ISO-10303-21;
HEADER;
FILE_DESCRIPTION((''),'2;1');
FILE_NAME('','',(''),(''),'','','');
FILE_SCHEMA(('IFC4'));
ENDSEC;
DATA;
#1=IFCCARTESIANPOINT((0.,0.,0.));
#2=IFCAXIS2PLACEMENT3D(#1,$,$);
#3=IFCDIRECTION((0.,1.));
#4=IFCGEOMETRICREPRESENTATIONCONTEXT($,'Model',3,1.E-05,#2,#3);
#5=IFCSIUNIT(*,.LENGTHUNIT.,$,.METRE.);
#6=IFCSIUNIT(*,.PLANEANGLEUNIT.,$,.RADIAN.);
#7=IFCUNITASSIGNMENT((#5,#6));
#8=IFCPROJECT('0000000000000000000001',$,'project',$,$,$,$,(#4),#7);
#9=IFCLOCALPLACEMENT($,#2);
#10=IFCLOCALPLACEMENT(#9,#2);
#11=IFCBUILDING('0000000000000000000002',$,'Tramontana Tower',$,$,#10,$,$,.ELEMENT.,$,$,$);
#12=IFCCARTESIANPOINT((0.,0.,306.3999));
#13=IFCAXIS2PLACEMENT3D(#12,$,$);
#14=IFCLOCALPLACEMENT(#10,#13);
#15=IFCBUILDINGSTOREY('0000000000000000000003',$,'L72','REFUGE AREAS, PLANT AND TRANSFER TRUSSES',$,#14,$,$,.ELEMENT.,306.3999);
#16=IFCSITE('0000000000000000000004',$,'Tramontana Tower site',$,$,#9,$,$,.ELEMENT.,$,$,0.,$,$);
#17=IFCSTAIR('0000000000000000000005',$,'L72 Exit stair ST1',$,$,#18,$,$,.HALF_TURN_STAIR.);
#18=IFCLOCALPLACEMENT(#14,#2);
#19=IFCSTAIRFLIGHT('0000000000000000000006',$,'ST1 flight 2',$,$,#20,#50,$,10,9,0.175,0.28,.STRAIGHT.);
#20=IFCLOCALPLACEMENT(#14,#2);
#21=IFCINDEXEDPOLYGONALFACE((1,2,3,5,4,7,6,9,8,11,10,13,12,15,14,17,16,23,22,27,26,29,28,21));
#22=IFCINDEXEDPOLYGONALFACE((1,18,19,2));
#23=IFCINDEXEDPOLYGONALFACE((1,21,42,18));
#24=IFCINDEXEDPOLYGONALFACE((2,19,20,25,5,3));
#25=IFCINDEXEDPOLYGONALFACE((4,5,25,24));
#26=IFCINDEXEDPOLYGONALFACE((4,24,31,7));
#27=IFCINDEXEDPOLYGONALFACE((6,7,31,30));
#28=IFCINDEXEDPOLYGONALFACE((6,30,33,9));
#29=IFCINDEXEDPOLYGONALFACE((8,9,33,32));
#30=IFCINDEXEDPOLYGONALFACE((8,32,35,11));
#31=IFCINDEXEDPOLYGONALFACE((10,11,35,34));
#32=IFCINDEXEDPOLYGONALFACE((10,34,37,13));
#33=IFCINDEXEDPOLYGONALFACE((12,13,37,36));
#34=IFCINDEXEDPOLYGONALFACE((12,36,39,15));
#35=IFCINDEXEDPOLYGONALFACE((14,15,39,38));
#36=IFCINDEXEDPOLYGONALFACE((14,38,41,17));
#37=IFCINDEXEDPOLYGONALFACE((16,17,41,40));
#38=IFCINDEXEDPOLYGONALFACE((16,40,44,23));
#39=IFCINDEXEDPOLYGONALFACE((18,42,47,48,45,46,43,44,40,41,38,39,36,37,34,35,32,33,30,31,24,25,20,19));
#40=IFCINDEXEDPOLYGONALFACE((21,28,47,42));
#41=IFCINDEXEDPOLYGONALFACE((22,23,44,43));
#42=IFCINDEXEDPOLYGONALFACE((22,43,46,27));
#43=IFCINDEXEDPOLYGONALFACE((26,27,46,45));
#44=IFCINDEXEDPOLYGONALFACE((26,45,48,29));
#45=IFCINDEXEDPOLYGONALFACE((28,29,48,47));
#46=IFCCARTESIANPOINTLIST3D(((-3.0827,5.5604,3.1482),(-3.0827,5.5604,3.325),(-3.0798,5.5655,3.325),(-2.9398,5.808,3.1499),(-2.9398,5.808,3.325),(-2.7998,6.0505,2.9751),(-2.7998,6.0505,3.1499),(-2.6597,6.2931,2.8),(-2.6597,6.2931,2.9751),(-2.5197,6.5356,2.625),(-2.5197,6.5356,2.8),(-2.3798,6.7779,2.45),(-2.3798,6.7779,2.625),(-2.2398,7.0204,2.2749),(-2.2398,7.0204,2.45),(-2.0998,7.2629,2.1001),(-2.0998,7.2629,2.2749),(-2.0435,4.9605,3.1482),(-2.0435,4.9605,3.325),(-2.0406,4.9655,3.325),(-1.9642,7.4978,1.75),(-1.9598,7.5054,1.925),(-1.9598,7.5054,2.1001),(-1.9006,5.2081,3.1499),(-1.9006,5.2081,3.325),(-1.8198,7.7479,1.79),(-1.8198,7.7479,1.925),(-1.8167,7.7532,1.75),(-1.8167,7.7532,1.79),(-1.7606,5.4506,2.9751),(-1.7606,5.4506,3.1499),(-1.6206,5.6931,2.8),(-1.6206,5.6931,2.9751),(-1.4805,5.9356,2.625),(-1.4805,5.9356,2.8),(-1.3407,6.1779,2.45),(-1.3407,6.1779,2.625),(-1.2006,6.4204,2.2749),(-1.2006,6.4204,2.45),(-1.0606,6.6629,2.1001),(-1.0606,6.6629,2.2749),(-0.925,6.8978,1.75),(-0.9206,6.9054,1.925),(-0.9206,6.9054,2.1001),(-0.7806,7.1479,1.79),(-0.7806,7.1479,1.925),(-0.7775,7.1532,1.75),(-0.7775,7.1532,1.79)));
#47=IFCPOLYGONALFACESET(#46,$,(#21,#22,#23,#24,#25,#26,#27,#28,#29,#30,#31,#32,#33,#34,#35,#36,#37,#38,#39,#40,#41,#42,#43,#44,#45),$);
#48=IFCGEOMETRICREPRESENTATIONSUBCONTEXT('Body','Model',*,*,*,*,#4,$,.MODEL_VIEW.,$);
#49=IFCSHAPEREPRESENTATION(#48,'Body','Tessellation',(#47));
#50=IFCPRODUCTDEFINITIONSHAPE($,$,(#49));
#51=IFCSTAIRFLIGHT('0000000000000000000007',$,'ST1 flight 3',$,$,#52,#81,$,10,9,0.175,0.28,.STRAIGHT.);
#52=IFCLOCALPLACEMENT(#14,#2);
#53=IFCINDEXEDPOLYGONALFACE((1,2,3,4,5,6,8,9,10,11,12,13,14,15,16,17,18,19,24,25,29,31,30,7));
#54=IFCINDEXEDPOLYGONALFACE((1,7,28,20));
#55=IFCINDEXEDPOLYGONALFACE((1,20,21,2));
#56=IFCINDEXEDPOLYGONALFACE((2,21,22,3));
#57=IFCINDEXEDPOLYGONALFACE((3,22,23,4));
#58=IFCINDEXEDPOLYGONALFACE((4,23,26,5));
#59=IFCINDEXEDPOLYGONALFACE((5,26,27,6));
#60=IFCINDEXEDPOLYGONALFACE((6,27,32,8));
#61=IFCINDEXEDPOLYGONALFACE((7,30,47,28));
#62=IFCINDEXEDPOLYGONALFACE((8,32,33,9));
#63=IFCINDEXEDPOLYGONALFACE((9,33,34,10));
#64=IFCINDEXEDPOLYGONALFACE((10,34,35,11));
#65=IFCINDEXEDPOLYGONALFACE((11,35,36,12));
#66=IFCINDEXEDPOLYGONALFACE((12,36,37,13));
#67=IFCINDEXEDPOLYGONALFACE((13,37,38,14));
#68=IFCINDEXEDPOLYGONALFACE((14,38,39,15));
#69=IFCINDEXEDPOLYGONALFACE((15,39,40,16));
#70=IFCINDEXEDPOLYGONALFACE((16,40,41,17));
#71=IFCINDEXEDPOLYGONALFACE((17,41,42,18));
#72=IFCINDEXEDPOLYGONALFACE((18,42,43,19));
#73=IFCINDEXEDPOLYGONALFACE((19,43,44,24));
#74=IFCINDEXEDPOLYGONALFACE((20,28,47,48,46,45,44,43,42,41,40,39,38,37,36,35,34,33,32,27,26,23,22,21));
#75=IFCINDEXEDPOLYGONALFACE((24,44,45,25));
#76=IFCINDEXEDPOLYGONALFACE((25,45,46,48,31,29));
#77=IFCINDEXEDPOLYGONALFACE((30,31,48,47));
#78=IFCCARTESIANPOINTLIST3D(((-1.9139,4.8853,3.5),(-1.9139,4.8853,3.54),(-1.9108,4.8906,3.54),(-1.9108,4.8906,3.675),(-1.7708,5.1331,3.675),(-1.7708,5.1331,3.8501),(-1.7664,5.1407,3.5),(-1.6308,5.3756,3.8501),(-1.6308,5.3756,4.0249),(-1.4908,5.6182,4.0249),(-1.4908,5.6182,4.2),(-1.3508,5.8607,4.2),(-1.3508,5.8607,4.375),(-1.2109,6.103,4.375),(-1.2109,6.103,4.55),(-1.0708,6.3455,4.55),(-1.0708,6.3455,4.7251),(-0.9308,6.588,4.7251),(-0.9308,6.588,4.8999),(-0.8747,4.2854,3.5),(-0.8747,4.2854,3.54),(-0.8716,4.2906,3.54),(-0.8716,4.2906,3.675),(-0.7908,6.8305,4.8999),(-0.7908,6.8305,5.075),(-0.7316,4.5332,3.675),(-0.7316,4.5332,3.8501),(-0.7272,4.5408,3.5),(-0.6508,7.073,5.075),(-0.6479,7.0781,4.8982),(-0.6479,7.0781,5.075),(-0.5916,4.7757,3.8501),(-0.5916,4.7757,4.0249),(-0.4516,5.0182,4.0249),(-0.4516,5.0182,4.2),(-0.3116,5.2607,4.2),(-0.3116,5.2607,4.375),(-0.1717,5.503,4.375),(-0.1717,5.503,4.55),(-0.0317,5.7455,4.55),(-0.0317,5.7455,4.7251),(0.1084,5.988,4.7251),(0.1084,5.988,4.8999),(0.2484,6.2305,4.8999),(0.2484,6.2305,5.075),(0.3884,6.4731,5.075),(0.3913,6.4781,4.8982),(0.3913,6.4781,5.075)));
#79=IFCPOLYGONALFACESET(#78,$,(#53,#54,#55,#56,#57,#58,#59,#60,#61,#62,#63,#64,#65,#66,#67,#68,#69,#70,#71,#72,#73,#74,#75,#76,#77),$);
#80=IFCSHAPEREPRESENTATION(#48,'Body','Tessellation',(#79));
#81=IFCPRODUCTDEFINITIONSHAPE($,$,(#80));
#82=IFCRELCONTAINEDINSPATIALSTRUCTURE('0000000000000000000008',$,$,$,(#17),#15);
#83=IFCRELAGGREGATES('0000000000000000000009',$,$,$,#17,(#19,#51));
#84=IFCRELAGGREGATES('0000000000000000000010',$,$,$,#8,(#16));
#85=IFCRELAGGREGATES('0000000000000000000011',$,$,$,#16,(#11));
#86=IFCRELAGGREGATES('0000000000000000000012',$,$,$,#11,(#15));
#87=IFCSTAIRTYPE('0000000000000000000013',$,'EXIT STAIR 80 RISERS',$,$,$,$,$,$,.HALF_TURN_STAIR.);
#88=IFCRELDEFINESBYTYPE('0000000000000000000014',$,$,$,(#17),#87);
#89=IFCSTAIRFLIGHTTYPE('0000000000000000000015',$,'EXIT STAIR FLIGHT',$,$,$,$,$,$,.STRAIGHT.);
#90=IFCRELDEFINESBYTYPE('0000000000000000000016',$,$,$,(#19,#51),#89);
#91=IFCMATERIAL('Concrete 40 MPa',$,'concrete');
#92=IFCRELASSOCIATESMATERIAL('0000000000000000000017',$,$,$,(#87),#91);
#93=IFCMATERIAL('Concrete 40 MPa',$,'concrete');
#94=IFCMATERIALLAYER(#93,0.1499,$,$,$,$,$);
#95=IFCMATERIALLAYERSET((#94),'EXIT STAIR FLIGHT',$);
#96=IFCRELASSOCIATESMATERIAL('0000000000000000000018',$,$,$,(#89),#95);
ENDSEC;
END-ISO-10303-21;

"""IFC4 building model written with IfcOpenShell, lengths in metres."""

from ifc_helpers import new_model, si_unit, direction, frame, origin, place, context, subcontext, project, spatial, polyline, outline, extrude, material, layer, layer_set, type_object, element, aggregate, save


model = new_model("IFC4")

# Units and contexts
model_context = context("Model", 3, precision=1e-05, world=origin(), true_north=direction((0.0, 1.0)))
body_context = subcontext(model_context, "Body", "Model", "MODEL_VIEW")
ifc_project = project(units=[si_unit("LENGTHUNIT", "METRE"), si_unit("PLANEANGLEUNIT", "RADIAN")], contexts=[model_context])

# Site, building, storey
site_placement = place(None, origin())
site = spatial("IfcSite", under=ifc_project, at=site_placement, Name="Tramontana Tower site", CompositionType="ELEMENT", RefElevation=0.0)
building_placement = place(site_placement, origin())
building = spatial("IfcBuilding", under=site, at=building_placement, Name="Tramontana Tower", CompositionType="ELEMENT")
storey_placement = place(building_placement, frame((0.0, 0.0, 306.3999)))
storey = spatial("IfcBuildingStorey", under=building, at=storey_placement, Name="L72", Description="REFUGE AREAS, PLANT AND TRANSFER TRUSSES", CompositionType="ELEMENT", Elevation=306.3999)

# Stair, stair flights
ifc_material_1 = material(Name="Concrete 40 MPa", Category="concrete")
stair_type = type_object("IfcStairType", Name="EXIT STAIR 80 RISERS", PredefinedType="HALF_TURN_STAIR", material=ifc_material_1)
stair_placement = place(storey_placement, origin())
stair = element("IfcStair", 1, at=stair_placement, inside=storey, type_object=stair_type, Name="L72 Exit stair ST1", PredefinedType="HALF_TURN_STAIR")
ifc_material_2 = material(Name="Concrete 40 MPa", Category="concrete")
ifc_layer_1 = layer(ifc_material_2, 0.1499)
ifc_layer_set_1 = layer_set([ifc_layer_1], Name="EXIT STAIR FLIGHT")
stair_flight_type = type_object("IfcStairFlightType", Name="EXIT STAIR FLIGHT", PredefinedType="STRAIGHT", material=ifc_layer_set_1)
stair_flight_1_placement = place(storey_placement, frame((-1.3003, 7.448, 1.75), z_axis=(0.0, 0.0, 1.0), x_axis=(-0.5, -0.866025, 0.0)))
stair_flight_1 = element("IfcStairFlight", 2, at=stair_flight_1_placement, type_object=stair_flight_type, Name="ST1 flight 2", NumberOfRisers=10, NumberOfTreads=9, PredefinedType="STRAIGHT", RiserHeight=0.175, TreadLength=0.28, context=body_context, shape_type="SweptSolid", body=[
    extrude(outline(polyline([(-0.0061, 0.0), (-0.0061, 0.04), (0.0, 0.04), (0.0, 0.175), (0.28, 0.175), (0.28, 0.3501), (0.5601, 0.3501), (0.5601, 0.5249), (0.8401, 0.5249), (0.8401, 0.7), (1.1201, 0.7), (1.1201, 0.875), (1.3999, 0.875), (1.3999, 1.05), (1.6799, 1.05), (1.6799, 1.2251), (1.96, 1.2251), (1.96, 1.3999), (2.24, 1.3999), (2.24, 1.575), (2.52, 1.575), (2.5259, 1.575), (2.5259, 1.3982), (0.2888, 0.0), (-0.0061, 0.0)])), frame((0.0, 0.6001, 0.0), z_axis=(0.0, -1.0, 0.0), x_axis=(1.0, 0.0, 0.0)), (0.0, 0.0, 1.0), 1.2),
])
stair_flight_2_placement = place(storey_placement, frame((-1.3911, 4.5906, 3.5), z_axis=(0.0, 0.0, 1.0), x_axis=(0.5, 0.866025, 0.0)))
stair_flight_2 = element("IfcStairFlight", 3, at=stair_flight_2_placement, type_object=stair_flight_type, Name="ST1 flight 3", NumberOfRisers=10, NumberOfTreads=9, PredefinedType="STRAIGHT", RiserHeight=0.175, TreadLength=0.28, context=body_context, shape_type="SweptSolid", body=[
    extrude(outline(polyline([(-0.0061, 0.0), (-0.0061, 0.04), (0.0, 0.04), (0.0, 0.175), (0.28, 0.175), (0.28, 0.3501), (0.5601, 0.3501), (0.5601, 0.5249), (0.8401, 0.5249), (0.8401, 0.7), (1.1201, 0.7), (1.1201, 0.875), (1.3999, 0.875), (1.3999, 1.05), (1.6799, 1.05), (1.6799, 1.2251), (1.96, 1.2251), (1.96, 1.3999), (2.24, 1.3999), (2.24, 1.575), (2.52, 1.575), (2.5259, 1.575), (2.5259, 1.3982), (0.2888, 0.0), (-0.0061, 0.0)])), frame((0.0, 0.6001, 0.0), z_axis=(0.0, -1.0, 0.0), x_axis=(1.0, 0.0, 0.0)), (0.0, 0.0, 1.0), 1.2),
])
aggregate(stair, [stair_flight_1, stair_flight_2])

save(model, "model.ifc")
